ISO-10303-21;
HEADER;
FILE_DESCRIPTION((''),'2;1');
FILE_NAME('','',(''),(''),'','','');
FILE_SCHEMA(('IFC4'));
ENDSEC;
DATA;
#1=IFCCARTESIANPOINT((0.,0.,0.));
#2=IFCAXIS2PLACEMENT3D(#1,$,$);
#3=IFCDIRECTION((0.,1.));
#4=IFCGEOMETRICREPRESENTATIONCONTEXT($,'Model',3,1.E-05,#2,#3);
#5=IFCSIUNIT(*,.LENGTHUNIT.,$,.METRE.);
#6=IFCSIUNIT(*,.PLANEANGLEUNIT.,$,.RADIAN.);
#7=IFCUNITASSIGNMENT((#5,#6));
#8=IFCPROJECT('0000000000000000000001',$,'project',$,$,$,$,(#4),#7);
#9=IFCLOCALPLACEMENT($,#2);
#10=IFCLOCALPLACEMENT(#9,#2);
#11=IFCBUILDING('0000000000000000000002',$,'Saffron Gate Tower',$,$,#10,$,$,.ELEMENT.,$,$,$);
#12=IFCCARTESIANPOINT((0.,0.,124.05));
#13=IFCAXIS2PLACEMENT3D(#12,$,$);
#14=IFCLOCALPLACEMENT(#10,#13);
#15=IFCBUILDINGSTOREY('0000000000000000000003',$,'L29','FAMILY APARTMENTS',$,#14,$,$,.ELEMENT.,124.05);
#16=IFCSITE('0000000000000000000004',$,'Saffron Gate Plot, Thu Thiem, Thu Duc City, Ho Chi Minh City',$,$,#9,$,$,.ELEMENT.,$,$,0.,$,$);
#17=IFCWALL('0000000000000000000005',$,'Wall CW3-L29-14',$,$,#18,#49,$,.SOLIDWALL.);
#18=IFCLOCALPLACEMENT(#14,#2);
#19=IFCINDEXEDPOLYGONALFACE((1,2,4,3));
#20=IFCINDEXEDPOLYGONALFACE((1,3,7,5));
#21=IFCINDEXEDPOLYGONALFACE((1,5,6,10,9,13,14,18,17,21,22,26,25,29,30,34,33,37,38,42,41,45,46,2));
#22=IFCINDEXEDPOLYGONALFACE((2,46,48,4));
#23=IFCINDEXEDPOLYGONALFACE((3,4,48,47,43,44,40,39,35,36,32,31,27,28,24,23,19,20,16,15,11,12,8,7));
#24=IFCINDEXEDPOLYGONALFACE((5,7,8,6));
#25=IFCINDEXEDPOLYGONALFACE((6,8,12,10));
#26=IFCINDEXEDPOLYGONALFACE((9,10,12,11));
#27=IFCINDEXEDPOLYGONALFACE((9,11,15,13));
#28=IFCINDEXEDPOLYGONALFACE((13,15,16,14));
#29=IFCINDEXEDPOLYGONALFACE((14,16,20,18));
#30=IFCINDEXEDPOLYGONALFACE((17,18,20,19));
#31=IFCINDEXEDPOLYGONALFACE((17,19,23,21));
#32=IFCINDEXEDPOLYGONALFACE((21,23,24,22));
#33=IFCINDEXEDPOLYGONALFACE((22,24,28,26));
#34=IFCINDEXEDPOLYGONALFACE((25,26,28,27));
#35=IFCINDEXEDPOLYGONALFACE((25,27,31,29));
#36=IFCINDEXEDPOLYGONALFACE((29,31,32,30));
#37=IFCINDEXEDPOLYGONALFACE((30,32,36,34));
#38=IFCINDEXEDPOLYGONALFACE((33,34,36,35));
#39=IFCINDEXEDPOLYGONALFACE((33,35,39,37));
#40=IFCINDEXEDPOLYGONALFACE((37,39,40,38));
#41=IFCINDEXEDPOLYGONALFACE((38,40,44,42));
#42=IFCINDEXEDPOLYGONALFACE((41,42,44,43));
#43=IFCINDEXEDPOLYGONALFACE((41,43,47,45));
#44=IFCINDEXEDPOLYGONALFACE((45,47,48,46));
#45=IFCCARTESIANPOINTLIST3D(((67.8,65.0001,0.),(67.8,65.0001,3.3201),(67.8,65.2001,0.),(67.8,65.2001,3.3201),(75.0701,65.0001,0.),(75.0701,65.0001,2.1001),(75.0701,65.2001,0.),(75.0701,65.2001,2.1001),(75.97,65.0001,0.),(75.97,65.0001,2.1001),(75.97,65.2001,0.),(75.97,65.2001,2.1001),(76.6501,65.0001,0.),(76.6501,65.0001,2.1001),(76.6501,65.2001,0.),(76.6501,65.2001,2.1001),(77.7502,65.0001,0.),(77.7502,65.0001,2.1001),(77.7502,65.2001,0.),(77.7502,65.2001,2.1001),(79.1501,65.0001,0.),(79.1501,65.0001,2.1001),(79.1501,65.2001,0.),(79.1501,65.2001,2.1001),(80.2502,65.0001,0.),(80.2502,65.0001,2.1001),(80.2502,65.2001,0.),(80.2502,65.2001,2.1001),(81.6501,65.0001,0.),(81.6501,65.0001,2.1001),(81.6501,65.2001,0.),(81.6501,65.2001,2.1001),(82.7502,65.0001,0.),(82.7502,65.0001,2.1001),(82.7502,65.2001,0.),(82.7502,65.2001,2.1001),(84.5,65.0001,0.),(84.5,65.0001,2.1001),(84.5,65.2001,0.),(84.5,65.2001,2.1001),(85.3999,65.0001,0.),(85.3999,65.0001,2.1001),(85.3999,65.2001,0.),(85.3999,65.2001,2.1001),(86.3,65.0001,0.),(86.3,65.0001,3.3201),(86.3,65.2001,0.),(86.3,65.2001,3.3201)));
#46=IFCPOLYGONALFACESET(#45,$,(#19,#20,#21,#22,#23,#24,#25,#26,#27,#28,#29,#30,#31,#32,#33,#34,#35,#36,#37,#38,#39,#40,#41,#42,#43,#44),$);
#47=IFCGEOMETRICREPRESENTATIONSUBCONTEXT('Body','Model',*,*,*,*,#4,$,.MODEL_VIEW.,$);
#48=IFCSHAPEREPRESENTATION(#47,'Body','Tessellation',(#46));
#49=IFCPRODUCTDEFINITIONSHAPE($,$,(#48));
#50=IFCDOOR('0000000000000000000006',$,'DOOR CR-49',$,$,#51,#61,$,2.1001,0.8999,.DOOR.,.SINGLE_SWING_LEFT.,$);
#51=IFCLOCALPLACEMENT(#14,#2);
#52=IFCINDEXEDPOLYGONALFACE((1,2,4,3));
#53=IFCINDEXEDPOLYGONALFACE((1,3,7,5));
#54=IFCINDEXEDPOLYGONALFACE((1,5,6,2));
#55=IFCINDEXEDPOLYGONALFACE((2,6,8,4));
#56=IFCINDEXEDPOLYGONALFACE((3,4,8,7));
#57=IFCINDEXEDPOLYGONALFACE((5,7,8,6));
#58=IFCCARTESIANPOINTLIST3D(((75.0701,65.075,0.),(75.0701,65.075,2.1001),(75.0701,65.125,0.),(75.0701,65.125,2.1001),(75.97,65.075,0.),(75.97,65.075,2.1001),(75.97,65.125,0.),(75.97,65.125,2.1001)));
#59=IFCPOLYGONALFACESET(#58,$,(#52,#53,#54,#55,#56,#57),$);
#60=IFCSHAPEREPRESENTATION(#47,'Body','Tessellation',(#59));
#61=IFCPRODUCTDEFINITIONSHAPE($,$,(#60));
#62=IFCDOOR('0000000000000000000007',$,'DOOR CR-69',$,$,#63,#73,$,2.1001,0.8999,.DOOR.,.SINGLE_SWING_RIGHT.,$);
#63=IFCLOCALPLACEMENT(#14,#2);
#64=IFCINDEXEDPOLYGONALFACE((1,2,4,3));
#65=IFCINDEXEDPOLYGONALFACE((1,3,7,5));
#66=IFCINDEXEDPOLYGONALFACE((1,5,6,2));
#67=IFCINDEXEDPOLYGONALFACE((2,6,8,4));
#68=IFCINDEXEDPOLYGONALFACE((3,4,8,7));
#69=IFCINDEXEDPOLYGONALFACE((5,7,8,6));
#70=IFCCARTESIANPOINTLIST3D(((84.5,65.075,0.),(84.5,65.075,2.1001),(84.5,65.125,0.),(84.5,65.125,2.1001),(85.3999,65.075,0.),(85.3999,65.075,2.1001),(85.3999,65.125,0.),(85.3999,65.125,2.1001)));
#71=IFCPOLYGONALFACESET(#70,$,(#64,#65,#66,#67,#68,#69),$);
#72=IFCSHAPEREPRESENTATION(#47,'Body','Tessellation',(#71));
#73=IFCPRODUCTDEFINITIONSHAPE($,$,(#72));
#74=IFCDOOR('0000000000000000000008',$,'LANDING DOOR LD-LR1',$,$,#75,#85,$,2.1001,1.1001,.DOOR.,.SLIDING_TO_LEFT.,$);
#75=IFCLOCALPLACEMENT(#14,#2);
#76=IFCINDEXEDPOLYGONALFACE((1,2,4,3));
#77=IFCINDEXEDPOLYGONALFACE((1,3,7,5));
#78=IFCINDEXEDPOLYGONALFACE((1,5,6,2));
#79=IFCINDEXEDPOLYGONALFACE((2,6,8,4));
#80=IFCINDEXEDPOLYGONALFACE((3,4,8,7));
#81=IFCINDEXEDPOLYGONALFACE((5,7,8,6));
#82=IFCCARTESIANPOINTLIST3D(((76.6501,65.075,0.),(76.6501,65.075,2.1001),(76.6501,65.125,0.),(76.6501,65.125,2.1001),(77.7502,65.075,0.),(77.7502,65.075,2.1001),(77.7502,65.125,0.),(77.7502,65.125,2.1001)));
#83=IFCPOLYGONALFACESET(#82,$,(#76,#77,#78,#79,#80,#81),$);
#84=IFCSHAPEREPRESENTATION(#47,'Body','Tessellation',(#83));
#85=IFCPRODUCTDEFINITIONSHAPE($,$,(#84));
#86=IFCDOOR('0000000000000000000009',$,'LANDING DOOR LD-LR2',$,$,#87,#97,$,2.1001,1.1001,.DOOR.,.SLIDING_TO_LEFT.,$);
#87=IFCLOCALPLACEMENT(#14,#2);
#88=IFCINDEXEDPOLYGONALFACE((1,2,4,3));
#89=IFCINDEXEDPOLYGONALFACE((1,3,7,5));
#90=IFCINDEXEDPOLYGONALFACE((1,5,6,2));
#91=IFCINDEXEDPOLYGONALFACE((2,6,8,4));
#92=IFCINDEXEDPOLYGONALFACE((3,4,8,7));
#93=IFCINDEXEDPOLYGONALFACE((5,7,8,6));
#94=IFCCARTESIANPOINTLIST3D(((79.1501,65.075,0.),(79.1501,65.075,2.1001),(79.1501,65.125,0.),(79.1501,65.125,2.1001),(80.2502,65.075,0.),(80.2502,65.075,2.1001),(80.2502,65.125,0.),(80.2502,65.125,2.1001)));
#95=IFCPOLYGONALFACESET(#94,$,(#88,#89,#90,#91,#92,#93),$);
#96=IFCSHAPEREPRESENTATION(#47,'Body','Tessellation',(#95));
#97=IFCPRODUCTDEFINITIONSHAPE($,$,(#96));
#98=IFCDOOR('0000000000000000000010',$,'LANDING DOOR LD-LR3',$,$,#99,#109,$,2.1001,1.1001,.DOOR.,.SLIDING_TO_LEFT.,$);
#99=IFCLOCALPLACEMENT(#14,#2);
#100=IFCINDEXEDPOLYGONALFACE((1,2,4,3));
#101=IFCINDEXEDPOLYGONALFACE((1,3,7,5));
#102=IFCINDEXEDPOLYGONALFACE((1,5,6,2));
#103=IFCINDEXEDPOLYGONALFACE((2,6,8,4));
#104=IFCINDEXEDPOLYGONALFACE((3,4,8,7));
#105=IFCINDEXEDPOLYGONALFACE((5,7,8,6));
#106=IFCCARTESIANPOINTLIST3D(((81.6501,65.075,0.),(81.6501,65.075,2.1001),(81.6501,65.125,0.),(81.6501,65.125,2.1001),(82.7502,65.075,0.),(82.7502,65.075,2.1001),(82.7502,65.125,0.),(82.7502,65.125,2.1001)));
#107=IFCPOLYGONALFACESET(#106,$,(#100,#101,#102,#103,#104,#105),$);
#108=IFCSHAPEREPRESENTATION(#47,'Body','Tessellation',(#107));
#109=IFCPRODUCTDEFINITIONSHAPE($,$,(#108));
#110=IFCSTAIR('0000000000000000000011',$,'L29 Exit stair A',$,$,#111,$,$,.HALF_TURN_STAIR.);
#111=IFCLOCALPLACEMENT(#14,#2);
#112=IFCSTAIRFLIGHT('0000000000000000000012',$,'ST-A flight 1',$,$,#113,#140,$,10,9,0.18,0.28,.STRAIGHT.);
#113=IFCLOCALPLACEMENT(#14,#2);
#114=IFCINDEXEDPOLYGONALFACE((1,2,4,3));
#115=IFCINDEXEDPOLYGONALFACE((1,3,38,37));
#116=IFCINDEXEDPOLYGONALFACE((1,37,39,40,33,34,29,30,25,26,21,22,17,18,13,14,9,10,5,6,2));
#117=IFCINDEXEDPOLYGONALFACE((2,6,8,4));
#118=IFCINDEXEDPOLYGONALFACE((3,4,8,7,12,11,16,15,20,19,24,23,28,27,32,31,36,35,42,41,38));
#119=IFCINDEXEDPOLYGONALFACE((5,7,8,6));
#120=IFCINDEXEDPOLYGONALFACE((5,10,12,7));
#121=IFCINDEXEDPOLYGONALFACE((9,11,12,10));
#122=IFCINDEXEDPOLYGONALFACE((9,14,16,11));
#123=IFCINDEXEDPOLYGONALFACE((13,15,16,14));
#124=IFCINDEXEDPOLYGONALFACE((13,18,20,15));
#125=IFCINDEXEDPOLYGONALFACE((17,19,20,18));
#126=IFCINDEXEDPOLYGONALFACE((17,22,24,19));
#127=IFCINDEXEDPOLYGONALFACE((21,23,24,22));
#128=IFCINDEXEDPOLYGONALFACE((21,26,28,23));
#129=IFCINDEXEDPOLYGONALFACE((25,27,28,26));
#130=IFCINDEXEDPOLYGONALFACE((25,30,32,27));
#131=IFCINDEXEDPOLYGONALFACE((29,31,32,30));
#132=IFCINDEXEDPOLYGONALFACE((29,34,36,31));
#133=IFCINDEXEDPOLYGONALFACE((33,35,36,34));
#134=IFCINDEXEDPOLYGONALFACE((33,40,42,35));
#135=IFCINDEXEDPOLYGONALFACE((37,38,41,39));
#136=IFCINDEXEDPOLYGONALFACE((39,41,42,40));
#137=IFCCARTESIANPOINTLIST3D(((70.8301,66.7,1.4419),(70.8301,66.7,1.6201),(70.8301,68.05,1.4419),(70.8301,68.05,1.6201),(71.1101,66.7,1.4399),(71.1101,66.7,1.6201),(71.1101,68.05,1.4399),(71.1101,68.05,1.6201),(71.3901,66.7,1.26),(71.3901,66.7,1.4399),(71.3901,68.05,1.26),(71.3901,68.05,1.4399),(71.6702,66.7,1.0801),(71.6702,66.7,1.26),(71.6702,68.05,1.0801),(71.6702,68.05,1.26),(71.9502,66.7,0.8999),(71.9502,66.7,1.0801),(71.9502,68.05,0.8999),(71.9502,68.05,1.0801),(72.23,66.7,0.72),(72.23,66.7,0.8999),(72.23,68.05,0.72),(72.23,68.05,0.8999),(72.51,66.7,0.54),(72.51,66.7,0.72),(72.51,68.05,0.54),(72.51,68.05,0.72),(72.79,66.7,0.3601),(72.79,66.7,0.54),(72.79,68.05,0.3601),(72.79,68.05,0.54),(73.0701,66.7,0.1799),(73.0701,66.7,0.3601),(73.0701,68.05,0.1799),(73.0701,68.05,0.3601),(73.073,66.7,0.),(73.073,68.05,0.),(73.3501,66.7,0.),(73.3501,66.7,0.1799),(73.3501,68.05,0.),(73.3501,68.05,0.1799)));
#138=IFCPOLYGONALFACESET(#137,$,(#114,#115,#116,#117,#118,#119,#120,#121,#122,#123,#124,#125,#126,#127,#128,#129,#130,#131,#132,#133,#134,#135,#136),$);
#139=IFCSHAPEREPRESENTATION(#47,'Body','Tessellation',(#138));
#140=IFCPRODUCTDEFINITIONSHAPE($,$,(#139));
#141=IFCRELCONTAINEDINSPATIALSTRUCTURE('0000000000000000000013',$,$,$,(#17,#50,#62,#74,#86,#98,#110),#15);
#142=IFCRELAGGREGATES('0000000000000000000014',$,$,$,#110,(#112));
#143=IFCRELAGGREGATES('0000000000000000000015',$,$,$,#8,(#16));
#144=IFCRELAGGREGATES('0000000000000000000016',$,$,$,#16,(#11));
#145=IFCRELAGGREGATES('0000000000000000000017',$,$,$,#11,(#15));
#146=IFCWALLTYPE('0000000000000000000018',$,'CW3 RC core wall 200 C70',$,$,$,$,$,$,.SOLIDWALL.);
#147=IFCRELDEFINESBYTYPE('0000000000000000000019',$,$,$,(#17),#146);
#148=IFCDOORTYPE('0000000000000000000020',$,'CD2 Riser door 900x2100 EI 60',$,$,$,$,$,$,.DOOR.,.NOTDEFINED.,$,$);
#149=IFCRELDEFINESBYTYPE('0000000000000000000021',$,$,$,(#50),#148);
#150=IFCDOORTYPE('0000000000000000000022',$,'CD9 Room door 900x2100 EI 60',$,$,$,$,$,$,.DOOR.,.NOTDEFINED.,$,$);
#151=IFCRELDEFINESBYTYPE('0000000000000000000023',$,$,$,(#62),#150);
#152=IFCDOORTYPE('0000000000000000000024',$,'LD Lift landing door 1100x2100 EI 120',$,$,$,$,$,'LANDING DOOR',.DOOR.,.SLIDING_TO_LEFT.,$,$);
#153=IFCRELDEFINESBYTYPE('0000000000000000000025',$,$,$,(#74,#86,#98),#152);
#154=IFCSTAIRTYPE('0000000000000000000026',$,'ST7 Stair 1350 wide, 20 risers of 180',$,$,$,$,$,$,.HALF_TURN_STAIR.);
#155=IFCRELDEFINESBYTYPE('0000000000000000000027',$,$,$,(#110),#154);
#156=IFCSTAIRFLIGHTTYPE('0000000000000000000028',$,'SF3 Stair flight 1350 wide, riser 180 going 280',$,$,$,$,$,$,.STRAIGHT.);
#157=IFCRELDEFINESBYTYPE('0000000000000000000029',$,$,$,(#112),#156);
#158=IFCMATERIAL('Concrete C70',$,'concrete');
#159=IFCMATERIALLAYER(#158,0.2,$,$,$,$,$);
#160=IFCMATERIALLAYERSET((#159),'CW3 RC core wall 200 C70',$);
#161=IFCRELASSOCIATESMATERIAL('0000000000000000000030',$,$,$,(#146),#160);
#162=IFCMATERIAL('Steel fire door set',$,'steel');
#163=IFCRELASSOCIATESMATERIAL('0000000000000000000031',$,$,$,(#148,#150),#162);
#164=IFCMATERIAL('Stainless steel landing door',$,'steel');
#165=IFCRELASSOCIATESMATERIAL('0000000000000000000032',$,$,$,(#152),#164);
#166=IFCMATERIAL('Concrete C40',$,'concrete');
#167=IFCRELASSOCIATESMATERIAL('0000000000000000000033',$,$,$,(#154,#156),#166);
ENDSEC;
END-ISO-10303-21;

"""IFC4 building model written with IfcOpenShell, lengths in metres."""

from ifc_helpers import new_model, si_unit, direction, frame, frame_2d, origin, place, context, subcontext, project, spatial, polyline, rectangle, outline, extrude, material, layer, layer_set, type_object, element, fill, aggregate, save


model = new_model("IFC4")

# Units and contexts
model_context = context("Model", 3, precision=1e-05, world=origin(), true_north=direction((0.0, 1.0)))
body_context = subcontext(model_context, "Body", "Model", "MODEL_VIEW")
ifc_project = project(units=[si_unit("LENGTHUNIT", "METRE"), si_unit("PLANEANGLEUNIT", "RADIAN")], contexts=[model_context])

# Site, building, storey
site_placement = place(None, origin())
site = spatial("IfcSite", under=ifc_project, at=site_placement, Name="Saffron Gate Plot, Thu Thiem, Thu Duc City, Ho Chi Minh City", CompositionType="ELEMENT", RefElevation=0.0)
building_placement = place(site_placement, origin())
building = spatial("IfcBuilding", under=site, at=building_placement, Name="Saffron Gate Tower", CompositionType="ELEMENT")
storey_placement = place(building_placement, frame((0.0, 0.0, 124.05)))
storey = spatial("IfcBuildingStorey", under=building, at=storey_placement, Name="L29", Description="FAMILY APARTMENTS", CompositionType="ELEMENT", Elevation=124.05)

# Shared definitions
ifc_material_1 = material(Name="Concrete C70", Category="concrete")
ifc_material_2 = material(Name="Steel fire door set", Category="steel")

# Wall, openings, doors
ifc_layer_1 = layer(ifc_material_1, 0.2)
ifc_layer_set_1 = layer_set([ifc_layer_1], Name="CW3 RC core wall 200 C70")
wall_type_1 = type_object("IfcWallType", Name="CW3 RC core wall 200 C70", PredefinedType="SOLIDWALL", material=ifc_layer_set_1)
wall_1_placement = place(storey_placement, frame((67.8, 65.1001, 0.0), z_axis=(0.0, 0.0, 1.0), x_axis=(1.0, 0.0, 0.0)))
wall_1 = element("IfcWall", 1, at=wall_1_placement, inside=storey, type_object=wall_type_1, Name="Wall CW3-L29-14", PredefinedType="SOLIDWALL", context=body_context, shape_type="SweptSolid", body=[
    extrude(rectangle(XDim=18.5, YDim=0.2, at=frame_2d((9.25, 0.0))), origin(), (0.0, 0.0, 1.0), 3.3201),
])
opening_1_placement = place(wall_1_placement, frame((7.27, 0.0, 0.0)))
opening_1 = element("IfcOpeningElement", 2, at=opening_1_placement, cuts=wall_1, PredefinedType="OPENING", context=body_context, shape_type="SweptSolid", body=[
    extrude(rectangle(XDim=0.8999, YDim=2.1001, at=frame_2d((0.45, 1.05))), frame((0.0, 0.1099, 0.0), z_axis=(0.0, -1.0, 0.0), x_axis=(1.0, 0.0, 0.0)), (0.0, 0.0, 1.0), 0.22),
])
opening_2_placement = place(wall_1_placement, frame((8.8501, 0.0, 0.0)))
opening_2 = element("IfcOpeningElement", 3, at=opening_2_placement, cuts=wall_1, PredefinedType="OPENING", context=body_context, shape_type="SweptSolid", body=[
    extrude(rectangle(XDim=1.1001, YDim=2.1001, at=frame_2d((0.55, 1.05))), frame((0.0, 0.1099, 0.0), z_axis=(0.0, -1.0, 0.0), x_axis=(1.0, 0.0, 0.0)), (0.0, 0.0, 1.0), 0.22),
])
opening_3_placement = place(wall_1_placement, frame((11.3501, 0.0, 0.0)))
opening_3 = element("IfcOpeningElement", 4, at=opening_3_placement, cuts=wall_1, PredefinedType="OPENING", context=body_context, shape_type="SweptSolid", body=[
    extrude(rectangle(XDim=1.1001, YDim=2.1001, at=frame_2d((0.55, 1.05))), frame((0.0, 0.1099, 0.0), z_axis=(0.0, -1.0, 0.0), x_axis=(1.0, 0.0, 0.0)), (0.0, 0.0, 1.0), 0.22),
])
opening_4_placement = place(wall_1_placement, frame((13.8501, 0.0, 0.0)))
opening_4 = element("IfcOpeningElement", 5, at=opening_4_placement, cuts=wall_1, PredefinedType="OPENING", context=body_context, shape_type="SweptSolid", body=[
    extrude(rectangle(XDim=1.1001, YDim=2.1001, at=frame_2d((0.55, 1.05))), frame((0.0, 0.1099, 0.0), z_axis=(0.0, -1.0, 0.0), x_axis=(1.0, 0.0, 0.0)), (0.0, 0.0, 1.0), 0.22),
])
opening_5_placement = place(wall_1_placement, frame((16.7, 0.0, 0.0)))
opening_5 = element("IfcOpeningElement", 6, at=opening_5_placement, cuts=wall_1, PredefinedType="OPENING", context=body_context, shape_type="SweptSolid", body=[
    extrude(rectangle(XDim=0.8999, YDim=2.1001, at=frame_2d((0.45, 1.05))), frame((0.0, 0.1099, 0.0), z_axis=(0.0, -1.0, 0.0), x_axis=(1.0, 0.0, 0.0)), (0.0, 0.0, 1.0), 0.22),
])
door_type_1 = type_object("IfcDoorType", Name="CD2 Riser door 900x2100 EI 60", OperationType="NOTDEFINED", PredefinedType="DOOR", material=ifc_material_2)
door_1_placement = place(opening_1_placement, origin())
door_1 = element("IfcDoor", 7, at=door_1_placement, inside=storey, type_object=door_type_1, Name="DOOR CR-49", OperationType="SINGLE_SWING_LEFT", OverallHeight=2.1001, OverallWidth=0.8999, PredefinedType="DOOR", context=body_context, shape_type="SweptSolid", body=[
    extrude(rectangle(XDim=0.8999, YDim=2.1001, at=frame_2d((0.45, 1.05))), frame((0.0, 0.0249, 0.0), z_axis=(0.0, -1.0, 0.0), x_axis=(1.0, 0.0, 0.0)), (0.0, 0.0, 1.0), 0.05),
])
fill(opening_1, door_1)
door_type_2 = type_object("IfcDoorType", Name="CD9 Room door 900x2100 EI 60", OperationType="NOTDEFINED", PredefinedType="DOOR", material=ifc_material_2)
door_2_placement = place(opening_5_placement, origin())
door_2 = element("IfcDoor", 8, at=door_2_placement, inside=storey, type_object=door_type_2, Name="DOOR CR-69", OperationType="SINGLE_SWING_RIGHT", OverallHeight=2.1001, OverallWidth=0.8999, PredefinedType="DOOR", context=body_context, shape_type="SweptSolid", body=[
    extrude(rectangle(XDim=0.8999, YDim=2.1001, at=frame_2d((0.45, 1.05))), frame((0.0, 0.0249, 0.0), z_axis=(0.0, -1.0, 0.0), x_axis=(1.0, 0.0, 0.0)), (0.0, 0.0, 1.0), 0.05),
])
fill(opening_5, door_2)
ifc_material_3 = material(Name="Stainless steel landing door", Category="steel")
door_type_3 = type_object("IfcDoorType", Name="LD Lift landing door 1100x2100 EI 120", ElementType="LANDING DOOR", OperationType="SLIDING_TO_LEFT", PredefinedType="DOOR", material=ifc_material_3)
door_3_placement = place(opening_2_placement, origin())
door_3 = element("IfcDoor", 9, at=door_3_placement, inside=storey, type_object=door_type_3, Name="LANDING DOOR LD-LR1", OperationType="SLIDING_TO_LEFT", OverallHeight=2.1001, OverallWidth=1.1001, PredefinedType="DOOR", context=body_context, shape_type="SweptSolid", body=[
    extrude(rectangle(XDim=1.1001, YDim=2.1001, at=frame_2d((0.55, 1.05))), frame((0.0, 0.0249, 0.0), z_axis=(0.0, -1.0, 0.0), x_axis=(1.0, 0.0, 0.0)), (0.0, 0.0, 1.0), 0.05),
])
fill(opening_2, door_3)
door_4_placement = place(opening_3_placement, origin())
door_4 = element("IfcDoor", 10, at=door_4_placement, inside=storey, type_object=door_type_3, Name="LANDING DOOR LD-LR2", OperationType="SLIDING_TO_LEFT", OverallHeight=2.1001, OverallWidth=1.1001, PredefinedType="DOOR", context=body_context, shape_type="SweptSolid", body=[
    extrude(rectangle(XDim=1.1001, YDim=2.1001, at=frame_2d((0.55, 1.05))), frame((0.0, 0.0249, 0.0), z_axis=(0.0, -1.0, 0.0), x_axis=(1.0, 0.0, 0.0)), (0.0, 0.0, 1.0), 0.05),
])
fill(opening_3, door_4)
door_5_placement = place(opening_4_placement, origin())
door_5 = element("IfcDoor", 11, at=door_5_placement, inside=storey, type_object=door_type_3, Name="LANDING DOOR LD-LR3", OperationType="SLIDING_TO_LEFT", OverallHeight=2.1001, OverallWidth=1.1001, PredefinedType="DOOR", context=body_context, shape_type="SweptSolid", body=[
    extrude(rectangle(XDim=1.1001, YDim=2.1001, at=frame_2d((0.55, 1.05))), frame((0.0, 0.0249, 0.0), z_axis=(0.0, -1.0, 0.0), x_axis=(1.0, 0.0, 0.0)), (0.0, 0.0, 1.0), 0.05),
])
fill(opening_4, door_5)

# Stair, stair flight
ifc_material_4 = material(Name="Concrete C40", Category="concrete")
stair_type = type_object("IfcStairType", Name="ST7 Stair 1350 wide, 20 risers of 180", PredefinedType="HALF_TURN_STAIR", material=ifc_material_4)
stair_placement = place(storey_placement, origin())
stair = element("IfcStair", 12, at=stair_placement, inside=storey, type_object=stair_type, Name="L29 Exit stair A", PredefinedType="HALF_TURN_STAIR")
stair_flight_type = type_object("IfcStairFlightType", Name="SF3 Stair flight 1350 wide, riser 180 going 280", PredefinedType="STRAIGHT", material=ifc_material_4)
stair_flight_1_placement = place(storey_placement, frame((73.3501, 67.375, 0.0), z_axis=(0.0, 0.0, 1.0), x_axis=(-1.0, 0.0, 0.0)))
stair_flight_1 = element("IfcStairFlight", 13, at=stair_flight_1_placement, type_object=stair_flight_type, Name="ST-A flight 1", NumberOfRisers=10, NumberOfTreads=9, PredefinedType="STRAIGHT", RiserHeight=0.18, TreadLength=0.28, context=body_context, shape_type="SweptSolid", body=[
    extrude(outline(polyline([(0.0, 0.0), (0.0, 0.1799), (0.28, 0.1799), (0.28, 0.3601), (0.5601, 0.3601), (0.5601, 0.54), (0.8401, 0.54), (0.8401, 0.72), (1.1201, 0.72), (1.1201, 0.8999), (1.3999, 0.8999), (1.3999, 1.0801), (1.6799, 1.0801), (1.6799, 1.26), (1.96, 1.26), (1.96, 1.4399), (2.24, 1.4399), (2.24, 1.6201), (2.52, 1.6201), (2.52, 1.8), (2.52, 1.4419), (0.2771, 0.0), (0.0, 0.0)])), frame((0.0, 0.675, 0.0), z_axis=(0.0, -1.0, 0.0), x_axis=(1.0, 0.0, 0.0)), (0.0, 0.0, 1.0), 1.3501),
])
aggregate(stair, [stair_flight_1])

save(model, "model.ifc")
